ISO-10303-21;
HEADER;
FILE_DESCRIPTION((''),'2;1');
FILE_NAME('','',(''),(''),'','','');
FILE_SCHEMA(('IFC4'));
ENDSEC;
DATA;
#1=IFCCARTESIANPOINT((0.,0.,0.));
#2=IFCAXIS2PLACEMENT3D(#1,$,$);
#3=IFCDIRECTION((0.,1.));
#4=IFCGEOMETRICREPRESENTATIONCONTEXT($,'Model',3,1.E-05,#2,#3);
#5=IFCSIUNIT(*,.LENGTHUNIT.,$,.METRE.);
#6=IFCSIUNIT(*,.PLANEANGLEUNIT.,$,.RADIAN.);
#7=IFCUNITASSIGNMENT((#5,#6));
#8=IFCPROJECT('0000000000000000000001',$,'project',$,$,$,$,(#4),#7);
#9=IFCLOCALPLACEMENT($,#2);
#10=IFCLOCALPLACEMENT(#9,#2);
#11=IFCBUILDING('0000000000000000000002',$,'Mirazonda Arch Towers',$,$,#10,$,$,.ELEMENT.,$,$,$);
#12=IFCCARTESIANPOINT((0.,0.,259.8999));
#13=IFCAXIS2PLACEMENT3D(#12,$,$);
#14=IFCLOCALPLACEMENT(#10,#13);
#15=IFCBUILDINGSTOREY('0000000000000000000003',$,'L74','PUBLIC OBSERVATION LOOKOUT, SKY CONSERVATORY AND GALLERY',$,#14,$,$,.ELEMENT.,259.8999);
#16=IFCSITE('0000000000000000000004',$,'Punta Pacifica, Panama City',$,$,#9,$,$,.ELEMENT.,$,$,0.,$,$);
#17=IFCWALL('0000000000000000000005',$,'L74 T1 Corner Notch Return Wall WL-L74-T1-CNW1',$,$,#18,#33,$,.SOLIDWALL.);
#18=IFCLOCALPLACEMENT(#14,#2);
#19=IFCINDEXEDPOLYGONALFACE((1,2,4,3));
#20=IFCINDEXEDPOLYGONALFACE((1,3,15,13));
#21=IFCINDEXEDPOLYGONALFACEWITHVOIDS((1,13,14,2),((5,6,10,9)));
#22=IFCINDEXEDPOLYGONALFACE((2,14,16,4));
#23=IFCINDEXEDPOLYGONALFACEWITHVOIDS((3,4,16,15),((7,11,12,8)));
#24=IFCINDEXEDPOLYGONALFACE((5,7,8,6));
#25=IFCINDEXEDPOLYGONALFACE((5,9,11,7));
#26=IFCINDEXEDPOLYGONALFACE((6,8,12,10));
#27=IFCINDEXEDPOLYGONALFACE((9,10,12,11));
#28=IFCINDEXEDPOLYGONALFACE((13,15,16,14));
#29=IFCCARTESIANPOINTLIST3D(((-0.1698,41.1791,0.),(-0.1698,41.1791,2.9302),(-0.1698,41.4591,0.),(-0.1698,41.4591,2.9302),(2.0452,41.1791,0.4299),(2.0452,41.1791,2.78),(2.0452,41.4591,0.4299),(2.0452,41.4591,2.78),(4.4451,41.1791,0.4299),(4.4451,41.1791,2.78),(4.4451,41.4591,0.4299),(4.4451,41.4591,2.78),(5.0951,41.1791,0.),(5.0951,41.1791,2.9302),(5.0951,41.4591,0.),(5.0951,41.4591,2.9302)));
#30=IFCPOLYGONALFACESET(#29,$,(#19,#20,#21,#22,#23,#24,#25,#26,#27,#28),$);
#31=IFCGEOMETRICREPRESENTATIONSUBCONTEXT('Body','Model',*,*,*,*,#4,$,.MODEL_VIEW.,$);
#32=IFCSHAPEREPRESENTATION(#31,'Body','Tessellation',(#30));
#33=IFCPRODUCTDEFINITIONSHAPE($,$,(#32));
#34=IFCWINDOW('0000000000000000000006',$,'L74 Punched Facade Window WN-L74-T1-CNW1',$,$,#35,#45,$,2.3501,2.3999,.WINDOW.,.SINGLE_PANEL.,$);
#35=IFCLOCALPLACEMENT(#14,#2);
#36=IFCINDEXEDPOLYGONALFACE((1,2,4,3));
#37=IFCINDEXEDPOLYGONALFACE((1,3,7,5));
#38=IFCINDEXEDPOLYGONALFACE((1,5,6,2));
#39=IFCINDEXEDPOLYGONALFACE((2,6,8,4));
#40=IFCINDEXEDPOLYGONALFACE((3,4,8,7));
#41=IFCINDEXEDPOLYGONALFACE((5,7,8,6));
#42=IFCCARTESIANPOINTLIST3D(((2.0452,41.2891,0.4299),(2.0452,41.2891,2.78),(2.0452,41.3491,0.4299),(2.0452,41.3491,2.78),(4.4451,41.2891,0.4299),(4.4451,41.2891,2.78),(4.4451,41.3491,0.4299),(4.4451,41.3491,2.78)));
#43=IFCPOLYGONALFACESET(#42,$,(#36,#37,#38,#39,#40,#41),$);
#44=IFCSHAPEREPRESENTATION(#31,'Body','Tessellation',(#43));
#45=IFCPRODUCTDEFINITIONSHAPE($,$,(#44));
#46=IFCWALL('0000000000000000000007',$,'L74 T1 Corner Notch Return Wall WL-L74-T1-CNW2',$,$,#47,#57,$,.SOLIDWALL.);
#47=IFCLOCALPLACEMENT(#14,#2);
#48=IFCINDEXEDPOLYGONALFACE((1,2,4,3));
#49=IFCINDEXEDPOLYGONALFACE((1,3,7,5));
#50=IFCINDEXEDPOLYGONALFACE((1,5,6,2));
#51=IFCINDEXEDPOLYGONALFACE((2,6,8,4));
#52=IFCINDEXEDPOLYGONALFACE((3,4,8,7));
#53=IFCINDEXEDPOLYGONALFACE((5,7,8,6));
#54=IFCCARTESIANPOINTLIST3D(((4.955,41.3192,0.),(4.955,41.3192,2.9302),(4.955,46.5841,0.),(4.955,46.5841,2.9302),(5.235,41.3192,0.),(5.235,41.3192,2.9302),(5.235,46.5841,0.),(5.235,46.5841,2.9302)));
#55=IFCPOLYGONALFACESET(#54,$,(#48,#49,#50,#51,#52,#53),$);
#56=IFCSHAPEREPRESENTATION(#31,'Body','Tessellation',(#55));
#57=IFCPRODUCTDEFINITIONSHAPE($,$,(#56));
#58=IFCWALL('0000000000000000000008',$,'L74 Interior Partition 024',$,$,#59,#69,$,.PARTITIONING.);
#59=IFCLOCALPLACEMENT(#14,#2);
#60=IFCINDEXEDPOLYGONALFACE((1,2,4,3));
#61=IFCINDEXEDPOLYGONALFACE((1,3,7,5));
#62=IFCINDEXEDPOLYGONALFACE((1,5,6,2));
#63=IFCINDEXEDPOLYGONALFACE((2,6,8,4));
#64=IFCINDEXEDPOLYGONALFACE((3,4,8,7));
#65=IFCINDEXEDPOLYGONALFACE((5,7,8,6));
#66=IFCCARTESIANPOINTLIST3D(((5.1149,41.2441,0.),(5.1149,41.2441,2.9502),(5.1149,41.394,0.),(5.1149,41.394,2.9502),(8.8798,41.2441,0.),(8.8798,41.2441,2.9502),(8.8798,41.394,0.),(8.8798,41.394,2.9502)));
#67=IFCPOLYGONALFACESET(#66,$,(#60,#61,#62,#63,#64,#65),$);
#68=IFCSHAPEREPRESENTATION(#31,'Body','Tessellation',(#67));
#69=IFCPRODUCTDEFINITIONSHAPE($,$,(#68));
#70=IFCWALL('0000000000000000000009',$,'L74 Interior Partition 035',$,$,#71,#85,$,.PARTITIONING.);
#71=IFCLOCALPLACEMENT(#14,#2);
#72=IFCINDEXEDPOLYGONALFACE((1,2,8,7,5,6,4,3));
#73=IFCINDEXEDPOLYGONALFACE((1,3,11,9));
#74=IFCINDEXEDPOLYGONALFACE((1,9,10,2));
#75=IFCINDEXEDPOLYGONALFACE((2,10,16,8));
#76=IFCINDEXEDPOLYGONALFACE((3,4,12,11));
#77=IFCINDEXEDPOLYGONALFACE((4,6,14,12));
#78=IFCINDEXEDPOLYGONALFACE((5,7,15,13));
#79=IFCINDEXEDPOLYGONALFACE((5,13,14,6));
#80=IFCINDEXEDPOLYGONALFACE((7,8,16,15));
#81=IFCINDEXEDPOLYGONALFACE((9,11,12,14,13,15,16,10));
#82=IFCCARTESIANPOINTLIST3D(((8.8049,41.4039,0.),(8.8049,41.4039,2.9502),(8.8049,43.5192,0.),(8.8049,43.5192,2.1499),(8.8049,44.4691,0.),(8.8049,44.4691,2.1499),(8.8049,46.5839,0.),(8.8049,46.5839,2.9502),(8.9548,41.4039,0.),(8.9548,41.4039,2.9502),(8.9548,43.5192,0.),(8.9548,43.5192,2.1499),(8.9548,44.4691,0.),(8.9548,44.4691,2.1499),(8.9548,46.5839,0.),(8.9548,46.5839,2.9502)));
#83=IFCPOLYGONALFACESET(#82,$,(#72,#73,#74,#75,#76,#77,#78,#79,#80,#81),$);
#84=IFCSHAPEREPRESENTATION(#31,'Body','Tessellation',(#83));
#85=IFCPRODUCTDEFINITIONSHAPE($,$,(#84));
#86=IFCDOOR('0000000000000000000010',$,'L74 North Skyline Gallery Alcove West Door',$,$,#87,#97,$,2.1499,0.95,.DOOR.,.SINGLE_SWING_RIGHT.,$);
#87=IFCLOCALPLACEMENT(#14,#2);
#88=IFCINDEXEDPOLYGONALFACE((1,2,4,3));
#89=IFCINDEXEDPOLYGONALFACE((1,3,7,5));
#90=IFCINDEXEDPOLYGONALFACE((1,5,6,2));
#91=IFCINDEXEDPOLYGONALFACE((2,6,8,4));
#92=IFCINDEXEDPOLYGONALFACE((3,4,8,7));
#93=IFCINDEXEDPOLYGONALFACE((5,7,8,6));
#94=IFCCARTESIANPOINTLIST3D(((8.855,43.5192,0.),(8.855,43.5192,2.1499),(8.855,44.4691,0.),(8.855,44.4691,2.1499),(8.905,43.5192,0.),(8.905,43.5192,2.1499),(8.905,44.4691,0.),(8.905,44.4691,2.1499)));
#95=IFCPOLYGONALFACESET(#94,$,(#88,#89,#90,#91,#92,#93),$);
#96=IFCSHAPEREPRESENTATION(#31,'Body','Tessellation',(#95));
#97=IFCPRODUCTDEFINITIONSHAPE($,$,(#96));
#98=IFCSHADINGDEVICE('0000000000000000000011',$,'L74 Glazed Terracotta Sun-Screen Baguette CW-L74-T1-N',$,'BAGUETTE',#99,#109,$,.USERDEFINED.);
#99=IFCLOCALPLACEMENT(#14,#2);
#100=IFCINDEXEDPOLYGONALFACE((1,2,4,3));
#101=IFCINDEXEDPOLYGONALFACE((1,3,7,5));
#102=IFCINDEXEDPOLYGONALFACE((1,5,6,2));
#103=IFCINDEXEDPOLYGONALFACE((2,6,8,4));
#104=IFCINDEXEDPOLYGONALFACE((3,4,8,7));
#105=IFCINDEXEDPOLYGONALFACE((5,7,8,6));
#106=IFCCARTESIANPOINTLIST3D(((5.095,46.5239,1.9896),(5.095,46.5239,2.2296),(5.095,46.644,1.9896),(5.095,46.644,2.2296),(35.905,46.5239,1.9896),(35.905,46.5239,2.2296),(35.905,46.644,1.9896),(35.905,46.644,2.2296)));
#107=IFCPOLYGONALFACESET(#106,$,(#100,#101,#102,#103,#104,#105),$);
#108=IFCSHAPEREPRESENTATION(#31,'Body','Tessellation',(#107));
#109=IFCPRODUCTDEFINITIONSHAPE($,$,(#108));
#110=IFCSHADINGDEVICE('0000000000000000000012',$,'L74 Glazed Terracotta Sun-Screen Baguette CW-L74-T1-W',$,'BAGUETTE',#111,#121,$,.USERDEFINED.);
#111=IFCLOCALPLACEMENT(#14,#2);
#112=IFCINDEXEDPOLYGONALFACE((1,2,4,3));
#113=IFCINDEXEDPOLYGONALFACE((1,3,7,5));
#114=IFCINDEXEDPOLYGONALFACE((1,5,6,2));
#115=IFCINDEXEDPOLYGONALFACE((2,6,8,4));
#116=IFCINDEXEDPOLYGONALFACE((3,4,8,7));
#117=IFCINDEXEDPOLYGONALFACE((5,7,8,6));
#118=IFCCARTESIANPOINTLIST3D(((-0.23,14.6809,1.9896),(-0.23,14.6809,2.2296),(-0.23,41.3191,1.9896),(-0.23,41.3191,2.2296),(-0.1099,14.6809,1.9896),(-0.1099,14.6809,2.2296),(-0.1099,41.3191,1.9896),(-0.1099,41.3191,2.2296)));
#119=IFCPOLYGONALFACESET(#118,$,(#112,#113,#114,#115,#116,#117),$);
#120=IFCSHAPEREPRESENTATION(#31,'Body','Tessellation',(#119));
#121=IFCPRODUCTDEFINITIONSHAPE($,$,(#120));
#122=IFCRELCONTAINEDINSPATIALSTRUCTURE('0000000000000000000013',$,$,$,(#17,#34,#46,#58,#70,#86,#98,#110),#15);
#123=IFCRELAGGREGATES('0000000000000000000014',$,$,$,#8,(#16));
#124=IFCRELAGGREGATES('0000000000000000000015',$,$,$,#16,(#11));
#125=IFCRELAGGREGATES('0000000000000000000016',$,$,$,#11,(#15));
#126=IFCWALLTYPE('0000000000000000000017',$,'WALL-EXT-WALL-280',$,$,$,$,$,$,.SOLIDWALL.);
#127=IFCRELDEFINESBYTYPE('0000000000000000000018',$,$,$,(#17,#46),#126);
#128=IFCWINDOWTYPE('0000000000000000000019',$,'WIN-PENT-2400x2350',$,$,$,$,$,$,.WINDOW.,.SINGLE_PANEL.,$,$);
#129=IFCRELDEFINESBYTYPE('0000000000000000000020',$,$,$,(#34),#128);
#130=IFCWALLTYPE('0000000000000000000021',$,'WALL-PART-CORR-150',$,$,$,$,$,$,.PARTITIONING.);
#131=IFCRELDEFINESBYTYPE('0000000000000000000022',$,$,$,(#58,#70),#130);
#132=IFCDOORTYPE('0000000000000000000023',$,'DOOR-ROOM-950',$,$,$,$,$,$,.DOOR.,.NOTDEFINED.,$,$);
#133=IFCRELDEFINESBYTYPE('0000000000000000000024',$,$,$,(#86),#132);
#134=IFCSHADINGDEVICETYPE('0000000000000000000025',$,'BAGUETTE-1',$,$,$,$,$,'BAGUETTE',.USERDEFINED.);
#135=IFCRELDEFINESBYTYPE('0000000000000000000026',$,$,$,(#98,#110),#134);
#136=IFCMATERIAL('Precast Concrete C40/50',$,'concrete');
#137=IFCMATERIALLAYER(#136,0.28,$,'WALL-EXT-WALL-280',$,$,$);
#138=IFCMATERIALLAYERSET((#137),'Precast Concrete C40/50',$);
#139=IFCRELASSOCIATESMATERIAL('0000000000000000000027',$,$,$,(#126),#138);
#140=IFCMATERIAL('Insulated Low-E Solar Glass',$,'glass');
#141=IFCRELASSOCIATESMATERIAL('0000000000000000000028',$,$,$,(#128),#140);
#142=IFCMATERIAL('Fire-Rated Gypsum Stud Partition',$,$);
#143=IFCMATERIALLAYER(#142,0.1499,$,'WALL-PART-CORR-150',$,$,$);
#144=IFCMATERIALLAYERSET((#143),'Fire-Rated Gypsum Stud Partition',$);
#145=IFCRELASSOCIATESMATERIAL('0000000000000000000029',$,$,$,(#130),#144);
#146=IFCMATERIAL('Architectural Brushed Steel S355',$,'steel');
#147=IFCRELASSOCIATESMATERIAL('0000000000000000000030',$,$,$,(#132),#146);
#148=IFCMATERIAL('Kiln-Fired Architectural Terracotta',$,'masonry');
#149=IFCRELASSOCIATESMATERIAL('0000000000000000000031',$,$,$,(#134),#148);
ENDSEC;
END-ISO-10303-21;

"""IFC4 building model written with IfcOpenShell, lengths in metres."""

from ifc_helpers import new_model, si_unit, direction, frame, frame_2d, origin, origin_2d, place, context, subcontext, project, spatial, rectangle, extrude, material, layer, layer_set, material_profile, profile_set, type_object, element, fill, save


model = new_model("IFC4")

# Units and contexts
model_context = context("Model", 3, precision=1e-05, world=origin(), true_north=direction((0.0, 1.0)))
body_context = subcontext(model_context, "Body", "Model", "MODEL_VIEW")
ifc_project = project(units=[si_unit("LENGTHUNIT", "METRE"), si_unit("PLANEANGLEUNIT", "RADIAN")], contexts=[model_context])

# Site, building, storey
site_placement = place(None, origin())
site = spatial("IfcSite", under=ifc_project, at=site_placement, Name="Punta Pacifica, Panama City", CompositionType="ELEMENT", RefElevation=0.0)
building_placement = place(site_placement, origin())
building = spatial("IfcBuilding", under=site, at=building_placement, Name="Mirazonda Arch Towers", CompositionType="ELEMENT")
storey_placement = place(building_placement, frame((0.0, 0.0, 259.8999)))
storey = spatial("IfcBuildingStorey", under=building, at=storey_placement, Name="L74", Description="PUBLIC OBSERVATION LOOKOUT, SKY CONSERVATORY AND GALLERY", CompositionType="ELEMENT", Elevation=259.8999)

# Shared definitions
ifc_material_1 = material(Name="Insulated Low-E Solar Glass", Category="glass")

# Wall, opening, window
ifc_material_2 = material(Name="Precast Concrete C40/50", Category="concrete")
ifc_layer_1 = layer(ifc_material_2, 0.28, Name="WALL-EXT-WALL-280")
ifc_layer_set_1 = layer_set([ifc_layer_1], Name="Precast Concrete C40/50")
wall_type_1 = type_object("IfcWallType", Name="WALL-EXT-WALL-280", PredefinedType="SOLIDWALL", material=ifc_layer_set_1)
wall_1_placement = place(storey_placement, frame((5.095, 41.3191, 0.0), z_axis=(0.0, 0.0, 1.0), x_axis=(-1.0, 0.0, 0.0)))
wall_1 = element("IfcWall", 1, at=wall_1_placement, inside=storey, type_object=wall_type_1, Name="L74 T1 Corner Notch Return Wall WL-L74-T1-CNW1", PredefinedType="SOLIDWALL", context=body_context, shape_type="SweptSolid", body=[
    extrude(rectangle(XDim=5.2649, YDim=0.28, at=frame_2d((2.6323, 0.0))), origin(), (0.0, 0.0, 1.0), 2.9302),
])
opening_1_placement = place(wall_1_placement, frame((0.6499, 0.0, 0.4299)))
opening_1 = element("IfcOpeningElement", 2, at=opening_1_placement, cuts=wall_1, PredefinedType="OPENING", context=body_context, shape_type="SweptSolid", body=[
    extrude(rectangle(XDim=2.3999, YDim=2.3501, at=frame_2d((1.2, 1.175))), frame((0.0, 0.1499, 0.0), z_axis=(0.0, -1.0, 0.0), x_axis=(1.0, 0.0, 0.0)), (0.0, 0.0, 1.0), 0.3),
])
window_type = type_object("IfcWindowType", Name="WIN-PENT-2400x2350", PartitioningType="SINGLE_PANEL", PredefinedType="WINDOW", material=ifc_material_1)
window_placement = place(opening_1_placement, origin())
window = element("IfcWindow", 3, at=window_placement, inside=storey, type_object=window_type, Name="L74 Punched Facade Window WN-L74-T1-CNW1", OverallHeight=2.3501, OverallWidth=2.3999, PartitioningType="SINGLE_PANEL", PredefinedType="WINDOW", context=body_context, shape_type="SweptSolid", body=[
    extrude(rectangle(XDim=2.3999, YDim=2.3501, at=frame_2d((1.2, 1.175))), frame((0.0, 0.03, 0.0), z_axis=(0.0, -1.0, 0.0), x_axis=(1.0, 0.0, 0.0)), (0.0, 0.0, 1.0), 0.0601),
])
fill(opening_1, window)

# Walls
wall_2_placement = place(storey_placement, frame((5.095, 46.584, 0.0), z_axis=(0.0, 0.0, 1.0), x_axis=(0.0, -1.0, 0.0)))
element("IfcWall", 4, at=wall_2_placement, inside=storey, type_object=wall_type_1, Name="L74 T1 Corner Notch Return Wall WL-L74-T1-CNW2", PredefinedType="SOLIDWALL", context=body_context, shape_type="SweptSolid", body=[
    extrude(rectangle(XDim=5.2649, YDim=0.28, at=frame_2d((2.6323, 0.0))), origin(), (0.0, 0.0, 1.0), 2.9302),
])
ifc_material_3 = material(Name="Fire-Rated Gypsum Stud Partition")
ifc_layer_2 = layer(ifc_material_3, 0.1499, Name="WALL-PART-CORR-150")
ifc_layer_set_2 = layer_set([ifc_layer_2], Name="Fire-Rated Gypsum Stud Partition")
wall_type_2 = type_object("IfcWallType", Name="WALL-PART-CORR-150", PredefinedType="PARTITIONING", material=ifc_layer_set_2)
wall_3_placement = place(storey_placement, frame((5.115, 41.3191, 0.0), z_axis=(0.0, 0.0, 1.0), x_axis=(1.0, 0.0, 0.0)))
element("IfcWall", 5, at=wall_3_placement, inside=storey, type_object=wall_type_2, Name="L74 Interior Partition 024", PredefinedType="PARTITIONING", context=body_context, shape_type="SweptSolid", body=[
    extrude(rectangle(XDim=3.7649, YDim=0.1499, at=frame_2d((1.8823, 0.0))), origin(), (0.0, 0.0, 1.0), 2.9502),
])

# Wall, opening, door
wall_4_placement = place(storey_placement, frame((8.8799, 41.4041, 0.0), z_axis=(0.0, 0.0, 1.0), x_axis=(0.0, 1.0, 0.0)))
wall_4 = element("IfcWall", 6, at=wall_4_placement, inside=storey, type_object=wall_type_2, Name="L74 Interior Partition 035", PredefinedType="PARTITIONING", context=body_context, shape_type="SweptSolid", body=[
    extrude(rectangle(XDim=5.1799, YDim=0.1499, at=frame_2d((2.5898, 0.0))), origin(), (0.0, 0.0, 1.0), 2.9502),
])
opening_2_placement = place(wall_4_placement, frame((2.115, 0.0, 0.0)))
opening_2 = element("IfcOpeningElement", 7, at=opening_2_placement, cuts=wall_4, PredefinedType="OPENING", context=body_context, shape_type="SweptSolid", body=[
    extrude(rectangle(XDim=0.95, YDim=2.1499, at=frame_2d((0.4751, 1.075))), frame((0.0, 0.085, 0.0), z_axis=(0.0, -1.0, 0.0), x_axis=(1.0, 0.0, 0.0)), (0.0, 0.0, 1.0), 0.1699),
])
ifc_material_4 = material(Name="Architectural Brushed Steel S355", Category="steel")
door_type = type_object("IfcDoorType", Name="DOOR-ROOM-950", OperationType="NOTDEFINED", PredefinedType="DOOR", material=ifc_material_4)
door_placement = place(opening_2_placement, origin())
door = element("IfcDoor", 8, at=door_placement, inside=storey, type_object=door_type, Name="L74 North Skyline Gallery Alcove West Door", OperationType="SINGLE_SWING_RIGHT", OverallHeight=2.1499, OverallWidth=0.95, PredefinedType="DOOR", context=body_context, shape_type="SweptSolid", body=[
    extrude(rectangle(XDim=0.95, YDim=2.1499, at=frame_2d((0.4751, 1.075))), frame((0.0, 0.0249, 0.0), z_axis=(0.0, -1.0, 0.0), x_axis=(1.0, 0.0, 0.0)), (0.0, 0.0, 1.0), 0.05),
])
fill(opening_2, door)

# Shading devices
ifc_material_5 = material(Name="Kiln-Fired Architectural Terracotta", Category="masonry")
ifc_material_profile_1 = material_profile(ifc_material_5, rectangle(XDim=0.1201, YDim=0.24, at=origin_2d()), Name="TERRA-BAG-120x240")
ifc_profile_set_1 = profile_set([ifc_material_profile_1], Name="Kiln-Fired Architectural Terracotta")
shading_device_type = type_object("IfcShadingDeviceType", Name="BAGUETTE-1", ElementType="BAGUETTE", PredefinedType="USERDEFINED", material=ifc_profile_set_1)
shading_device_1_placement = place(storey_placement, frame((5.095, 46.584, 2.1096), z_axis=(1.0, 0.0, 0.0), x_axis=(0.0, 1.0, 0.0)))
element("IfcShadingDevice", 9, at=shading_device_1_placement, inside=storey, type_object=shading_device_type, Name="L74 Glazed Terracotta Sun-Screen Baguette CW-L74-T1-N", ObjectType="BAGUETTE", PredefinedType="USERDEFINED", context=body_context, shape_type="SweptSolid", body=[
    extrude(rectangle(XDim=0.1201, YDim=0.24, at=origin_2d()), origin(), (0.0, 0.0, 1.0), 30.8101),
])
shading_device_2_placement = place(storey_placement, frame((-0.1699, 41.3191, 2.1096), z_axis=(0.0, -1.0, 0.0), x_axis=(1.0, 0.0, 0.0)))
element("IfcShadingDevice", 10, at=shading_device_2_placement, inside=storey, type_object=shading_device_type, Name="L74 Glazed Terracotta Sun-Screen Baguette CW-L74-T1-W", ObjectType="BAGUETTE", PredefinedType="USERDEFINED", context=body_context, shape_type="SweptSolid", body=[
    extrude(rectangle(XDim=0.1201, YDim=0.24, at=origin_2d()), origin(), (0.0, 0.0, 1.0), 26.6382),
])

save(model, "model.ifc")
